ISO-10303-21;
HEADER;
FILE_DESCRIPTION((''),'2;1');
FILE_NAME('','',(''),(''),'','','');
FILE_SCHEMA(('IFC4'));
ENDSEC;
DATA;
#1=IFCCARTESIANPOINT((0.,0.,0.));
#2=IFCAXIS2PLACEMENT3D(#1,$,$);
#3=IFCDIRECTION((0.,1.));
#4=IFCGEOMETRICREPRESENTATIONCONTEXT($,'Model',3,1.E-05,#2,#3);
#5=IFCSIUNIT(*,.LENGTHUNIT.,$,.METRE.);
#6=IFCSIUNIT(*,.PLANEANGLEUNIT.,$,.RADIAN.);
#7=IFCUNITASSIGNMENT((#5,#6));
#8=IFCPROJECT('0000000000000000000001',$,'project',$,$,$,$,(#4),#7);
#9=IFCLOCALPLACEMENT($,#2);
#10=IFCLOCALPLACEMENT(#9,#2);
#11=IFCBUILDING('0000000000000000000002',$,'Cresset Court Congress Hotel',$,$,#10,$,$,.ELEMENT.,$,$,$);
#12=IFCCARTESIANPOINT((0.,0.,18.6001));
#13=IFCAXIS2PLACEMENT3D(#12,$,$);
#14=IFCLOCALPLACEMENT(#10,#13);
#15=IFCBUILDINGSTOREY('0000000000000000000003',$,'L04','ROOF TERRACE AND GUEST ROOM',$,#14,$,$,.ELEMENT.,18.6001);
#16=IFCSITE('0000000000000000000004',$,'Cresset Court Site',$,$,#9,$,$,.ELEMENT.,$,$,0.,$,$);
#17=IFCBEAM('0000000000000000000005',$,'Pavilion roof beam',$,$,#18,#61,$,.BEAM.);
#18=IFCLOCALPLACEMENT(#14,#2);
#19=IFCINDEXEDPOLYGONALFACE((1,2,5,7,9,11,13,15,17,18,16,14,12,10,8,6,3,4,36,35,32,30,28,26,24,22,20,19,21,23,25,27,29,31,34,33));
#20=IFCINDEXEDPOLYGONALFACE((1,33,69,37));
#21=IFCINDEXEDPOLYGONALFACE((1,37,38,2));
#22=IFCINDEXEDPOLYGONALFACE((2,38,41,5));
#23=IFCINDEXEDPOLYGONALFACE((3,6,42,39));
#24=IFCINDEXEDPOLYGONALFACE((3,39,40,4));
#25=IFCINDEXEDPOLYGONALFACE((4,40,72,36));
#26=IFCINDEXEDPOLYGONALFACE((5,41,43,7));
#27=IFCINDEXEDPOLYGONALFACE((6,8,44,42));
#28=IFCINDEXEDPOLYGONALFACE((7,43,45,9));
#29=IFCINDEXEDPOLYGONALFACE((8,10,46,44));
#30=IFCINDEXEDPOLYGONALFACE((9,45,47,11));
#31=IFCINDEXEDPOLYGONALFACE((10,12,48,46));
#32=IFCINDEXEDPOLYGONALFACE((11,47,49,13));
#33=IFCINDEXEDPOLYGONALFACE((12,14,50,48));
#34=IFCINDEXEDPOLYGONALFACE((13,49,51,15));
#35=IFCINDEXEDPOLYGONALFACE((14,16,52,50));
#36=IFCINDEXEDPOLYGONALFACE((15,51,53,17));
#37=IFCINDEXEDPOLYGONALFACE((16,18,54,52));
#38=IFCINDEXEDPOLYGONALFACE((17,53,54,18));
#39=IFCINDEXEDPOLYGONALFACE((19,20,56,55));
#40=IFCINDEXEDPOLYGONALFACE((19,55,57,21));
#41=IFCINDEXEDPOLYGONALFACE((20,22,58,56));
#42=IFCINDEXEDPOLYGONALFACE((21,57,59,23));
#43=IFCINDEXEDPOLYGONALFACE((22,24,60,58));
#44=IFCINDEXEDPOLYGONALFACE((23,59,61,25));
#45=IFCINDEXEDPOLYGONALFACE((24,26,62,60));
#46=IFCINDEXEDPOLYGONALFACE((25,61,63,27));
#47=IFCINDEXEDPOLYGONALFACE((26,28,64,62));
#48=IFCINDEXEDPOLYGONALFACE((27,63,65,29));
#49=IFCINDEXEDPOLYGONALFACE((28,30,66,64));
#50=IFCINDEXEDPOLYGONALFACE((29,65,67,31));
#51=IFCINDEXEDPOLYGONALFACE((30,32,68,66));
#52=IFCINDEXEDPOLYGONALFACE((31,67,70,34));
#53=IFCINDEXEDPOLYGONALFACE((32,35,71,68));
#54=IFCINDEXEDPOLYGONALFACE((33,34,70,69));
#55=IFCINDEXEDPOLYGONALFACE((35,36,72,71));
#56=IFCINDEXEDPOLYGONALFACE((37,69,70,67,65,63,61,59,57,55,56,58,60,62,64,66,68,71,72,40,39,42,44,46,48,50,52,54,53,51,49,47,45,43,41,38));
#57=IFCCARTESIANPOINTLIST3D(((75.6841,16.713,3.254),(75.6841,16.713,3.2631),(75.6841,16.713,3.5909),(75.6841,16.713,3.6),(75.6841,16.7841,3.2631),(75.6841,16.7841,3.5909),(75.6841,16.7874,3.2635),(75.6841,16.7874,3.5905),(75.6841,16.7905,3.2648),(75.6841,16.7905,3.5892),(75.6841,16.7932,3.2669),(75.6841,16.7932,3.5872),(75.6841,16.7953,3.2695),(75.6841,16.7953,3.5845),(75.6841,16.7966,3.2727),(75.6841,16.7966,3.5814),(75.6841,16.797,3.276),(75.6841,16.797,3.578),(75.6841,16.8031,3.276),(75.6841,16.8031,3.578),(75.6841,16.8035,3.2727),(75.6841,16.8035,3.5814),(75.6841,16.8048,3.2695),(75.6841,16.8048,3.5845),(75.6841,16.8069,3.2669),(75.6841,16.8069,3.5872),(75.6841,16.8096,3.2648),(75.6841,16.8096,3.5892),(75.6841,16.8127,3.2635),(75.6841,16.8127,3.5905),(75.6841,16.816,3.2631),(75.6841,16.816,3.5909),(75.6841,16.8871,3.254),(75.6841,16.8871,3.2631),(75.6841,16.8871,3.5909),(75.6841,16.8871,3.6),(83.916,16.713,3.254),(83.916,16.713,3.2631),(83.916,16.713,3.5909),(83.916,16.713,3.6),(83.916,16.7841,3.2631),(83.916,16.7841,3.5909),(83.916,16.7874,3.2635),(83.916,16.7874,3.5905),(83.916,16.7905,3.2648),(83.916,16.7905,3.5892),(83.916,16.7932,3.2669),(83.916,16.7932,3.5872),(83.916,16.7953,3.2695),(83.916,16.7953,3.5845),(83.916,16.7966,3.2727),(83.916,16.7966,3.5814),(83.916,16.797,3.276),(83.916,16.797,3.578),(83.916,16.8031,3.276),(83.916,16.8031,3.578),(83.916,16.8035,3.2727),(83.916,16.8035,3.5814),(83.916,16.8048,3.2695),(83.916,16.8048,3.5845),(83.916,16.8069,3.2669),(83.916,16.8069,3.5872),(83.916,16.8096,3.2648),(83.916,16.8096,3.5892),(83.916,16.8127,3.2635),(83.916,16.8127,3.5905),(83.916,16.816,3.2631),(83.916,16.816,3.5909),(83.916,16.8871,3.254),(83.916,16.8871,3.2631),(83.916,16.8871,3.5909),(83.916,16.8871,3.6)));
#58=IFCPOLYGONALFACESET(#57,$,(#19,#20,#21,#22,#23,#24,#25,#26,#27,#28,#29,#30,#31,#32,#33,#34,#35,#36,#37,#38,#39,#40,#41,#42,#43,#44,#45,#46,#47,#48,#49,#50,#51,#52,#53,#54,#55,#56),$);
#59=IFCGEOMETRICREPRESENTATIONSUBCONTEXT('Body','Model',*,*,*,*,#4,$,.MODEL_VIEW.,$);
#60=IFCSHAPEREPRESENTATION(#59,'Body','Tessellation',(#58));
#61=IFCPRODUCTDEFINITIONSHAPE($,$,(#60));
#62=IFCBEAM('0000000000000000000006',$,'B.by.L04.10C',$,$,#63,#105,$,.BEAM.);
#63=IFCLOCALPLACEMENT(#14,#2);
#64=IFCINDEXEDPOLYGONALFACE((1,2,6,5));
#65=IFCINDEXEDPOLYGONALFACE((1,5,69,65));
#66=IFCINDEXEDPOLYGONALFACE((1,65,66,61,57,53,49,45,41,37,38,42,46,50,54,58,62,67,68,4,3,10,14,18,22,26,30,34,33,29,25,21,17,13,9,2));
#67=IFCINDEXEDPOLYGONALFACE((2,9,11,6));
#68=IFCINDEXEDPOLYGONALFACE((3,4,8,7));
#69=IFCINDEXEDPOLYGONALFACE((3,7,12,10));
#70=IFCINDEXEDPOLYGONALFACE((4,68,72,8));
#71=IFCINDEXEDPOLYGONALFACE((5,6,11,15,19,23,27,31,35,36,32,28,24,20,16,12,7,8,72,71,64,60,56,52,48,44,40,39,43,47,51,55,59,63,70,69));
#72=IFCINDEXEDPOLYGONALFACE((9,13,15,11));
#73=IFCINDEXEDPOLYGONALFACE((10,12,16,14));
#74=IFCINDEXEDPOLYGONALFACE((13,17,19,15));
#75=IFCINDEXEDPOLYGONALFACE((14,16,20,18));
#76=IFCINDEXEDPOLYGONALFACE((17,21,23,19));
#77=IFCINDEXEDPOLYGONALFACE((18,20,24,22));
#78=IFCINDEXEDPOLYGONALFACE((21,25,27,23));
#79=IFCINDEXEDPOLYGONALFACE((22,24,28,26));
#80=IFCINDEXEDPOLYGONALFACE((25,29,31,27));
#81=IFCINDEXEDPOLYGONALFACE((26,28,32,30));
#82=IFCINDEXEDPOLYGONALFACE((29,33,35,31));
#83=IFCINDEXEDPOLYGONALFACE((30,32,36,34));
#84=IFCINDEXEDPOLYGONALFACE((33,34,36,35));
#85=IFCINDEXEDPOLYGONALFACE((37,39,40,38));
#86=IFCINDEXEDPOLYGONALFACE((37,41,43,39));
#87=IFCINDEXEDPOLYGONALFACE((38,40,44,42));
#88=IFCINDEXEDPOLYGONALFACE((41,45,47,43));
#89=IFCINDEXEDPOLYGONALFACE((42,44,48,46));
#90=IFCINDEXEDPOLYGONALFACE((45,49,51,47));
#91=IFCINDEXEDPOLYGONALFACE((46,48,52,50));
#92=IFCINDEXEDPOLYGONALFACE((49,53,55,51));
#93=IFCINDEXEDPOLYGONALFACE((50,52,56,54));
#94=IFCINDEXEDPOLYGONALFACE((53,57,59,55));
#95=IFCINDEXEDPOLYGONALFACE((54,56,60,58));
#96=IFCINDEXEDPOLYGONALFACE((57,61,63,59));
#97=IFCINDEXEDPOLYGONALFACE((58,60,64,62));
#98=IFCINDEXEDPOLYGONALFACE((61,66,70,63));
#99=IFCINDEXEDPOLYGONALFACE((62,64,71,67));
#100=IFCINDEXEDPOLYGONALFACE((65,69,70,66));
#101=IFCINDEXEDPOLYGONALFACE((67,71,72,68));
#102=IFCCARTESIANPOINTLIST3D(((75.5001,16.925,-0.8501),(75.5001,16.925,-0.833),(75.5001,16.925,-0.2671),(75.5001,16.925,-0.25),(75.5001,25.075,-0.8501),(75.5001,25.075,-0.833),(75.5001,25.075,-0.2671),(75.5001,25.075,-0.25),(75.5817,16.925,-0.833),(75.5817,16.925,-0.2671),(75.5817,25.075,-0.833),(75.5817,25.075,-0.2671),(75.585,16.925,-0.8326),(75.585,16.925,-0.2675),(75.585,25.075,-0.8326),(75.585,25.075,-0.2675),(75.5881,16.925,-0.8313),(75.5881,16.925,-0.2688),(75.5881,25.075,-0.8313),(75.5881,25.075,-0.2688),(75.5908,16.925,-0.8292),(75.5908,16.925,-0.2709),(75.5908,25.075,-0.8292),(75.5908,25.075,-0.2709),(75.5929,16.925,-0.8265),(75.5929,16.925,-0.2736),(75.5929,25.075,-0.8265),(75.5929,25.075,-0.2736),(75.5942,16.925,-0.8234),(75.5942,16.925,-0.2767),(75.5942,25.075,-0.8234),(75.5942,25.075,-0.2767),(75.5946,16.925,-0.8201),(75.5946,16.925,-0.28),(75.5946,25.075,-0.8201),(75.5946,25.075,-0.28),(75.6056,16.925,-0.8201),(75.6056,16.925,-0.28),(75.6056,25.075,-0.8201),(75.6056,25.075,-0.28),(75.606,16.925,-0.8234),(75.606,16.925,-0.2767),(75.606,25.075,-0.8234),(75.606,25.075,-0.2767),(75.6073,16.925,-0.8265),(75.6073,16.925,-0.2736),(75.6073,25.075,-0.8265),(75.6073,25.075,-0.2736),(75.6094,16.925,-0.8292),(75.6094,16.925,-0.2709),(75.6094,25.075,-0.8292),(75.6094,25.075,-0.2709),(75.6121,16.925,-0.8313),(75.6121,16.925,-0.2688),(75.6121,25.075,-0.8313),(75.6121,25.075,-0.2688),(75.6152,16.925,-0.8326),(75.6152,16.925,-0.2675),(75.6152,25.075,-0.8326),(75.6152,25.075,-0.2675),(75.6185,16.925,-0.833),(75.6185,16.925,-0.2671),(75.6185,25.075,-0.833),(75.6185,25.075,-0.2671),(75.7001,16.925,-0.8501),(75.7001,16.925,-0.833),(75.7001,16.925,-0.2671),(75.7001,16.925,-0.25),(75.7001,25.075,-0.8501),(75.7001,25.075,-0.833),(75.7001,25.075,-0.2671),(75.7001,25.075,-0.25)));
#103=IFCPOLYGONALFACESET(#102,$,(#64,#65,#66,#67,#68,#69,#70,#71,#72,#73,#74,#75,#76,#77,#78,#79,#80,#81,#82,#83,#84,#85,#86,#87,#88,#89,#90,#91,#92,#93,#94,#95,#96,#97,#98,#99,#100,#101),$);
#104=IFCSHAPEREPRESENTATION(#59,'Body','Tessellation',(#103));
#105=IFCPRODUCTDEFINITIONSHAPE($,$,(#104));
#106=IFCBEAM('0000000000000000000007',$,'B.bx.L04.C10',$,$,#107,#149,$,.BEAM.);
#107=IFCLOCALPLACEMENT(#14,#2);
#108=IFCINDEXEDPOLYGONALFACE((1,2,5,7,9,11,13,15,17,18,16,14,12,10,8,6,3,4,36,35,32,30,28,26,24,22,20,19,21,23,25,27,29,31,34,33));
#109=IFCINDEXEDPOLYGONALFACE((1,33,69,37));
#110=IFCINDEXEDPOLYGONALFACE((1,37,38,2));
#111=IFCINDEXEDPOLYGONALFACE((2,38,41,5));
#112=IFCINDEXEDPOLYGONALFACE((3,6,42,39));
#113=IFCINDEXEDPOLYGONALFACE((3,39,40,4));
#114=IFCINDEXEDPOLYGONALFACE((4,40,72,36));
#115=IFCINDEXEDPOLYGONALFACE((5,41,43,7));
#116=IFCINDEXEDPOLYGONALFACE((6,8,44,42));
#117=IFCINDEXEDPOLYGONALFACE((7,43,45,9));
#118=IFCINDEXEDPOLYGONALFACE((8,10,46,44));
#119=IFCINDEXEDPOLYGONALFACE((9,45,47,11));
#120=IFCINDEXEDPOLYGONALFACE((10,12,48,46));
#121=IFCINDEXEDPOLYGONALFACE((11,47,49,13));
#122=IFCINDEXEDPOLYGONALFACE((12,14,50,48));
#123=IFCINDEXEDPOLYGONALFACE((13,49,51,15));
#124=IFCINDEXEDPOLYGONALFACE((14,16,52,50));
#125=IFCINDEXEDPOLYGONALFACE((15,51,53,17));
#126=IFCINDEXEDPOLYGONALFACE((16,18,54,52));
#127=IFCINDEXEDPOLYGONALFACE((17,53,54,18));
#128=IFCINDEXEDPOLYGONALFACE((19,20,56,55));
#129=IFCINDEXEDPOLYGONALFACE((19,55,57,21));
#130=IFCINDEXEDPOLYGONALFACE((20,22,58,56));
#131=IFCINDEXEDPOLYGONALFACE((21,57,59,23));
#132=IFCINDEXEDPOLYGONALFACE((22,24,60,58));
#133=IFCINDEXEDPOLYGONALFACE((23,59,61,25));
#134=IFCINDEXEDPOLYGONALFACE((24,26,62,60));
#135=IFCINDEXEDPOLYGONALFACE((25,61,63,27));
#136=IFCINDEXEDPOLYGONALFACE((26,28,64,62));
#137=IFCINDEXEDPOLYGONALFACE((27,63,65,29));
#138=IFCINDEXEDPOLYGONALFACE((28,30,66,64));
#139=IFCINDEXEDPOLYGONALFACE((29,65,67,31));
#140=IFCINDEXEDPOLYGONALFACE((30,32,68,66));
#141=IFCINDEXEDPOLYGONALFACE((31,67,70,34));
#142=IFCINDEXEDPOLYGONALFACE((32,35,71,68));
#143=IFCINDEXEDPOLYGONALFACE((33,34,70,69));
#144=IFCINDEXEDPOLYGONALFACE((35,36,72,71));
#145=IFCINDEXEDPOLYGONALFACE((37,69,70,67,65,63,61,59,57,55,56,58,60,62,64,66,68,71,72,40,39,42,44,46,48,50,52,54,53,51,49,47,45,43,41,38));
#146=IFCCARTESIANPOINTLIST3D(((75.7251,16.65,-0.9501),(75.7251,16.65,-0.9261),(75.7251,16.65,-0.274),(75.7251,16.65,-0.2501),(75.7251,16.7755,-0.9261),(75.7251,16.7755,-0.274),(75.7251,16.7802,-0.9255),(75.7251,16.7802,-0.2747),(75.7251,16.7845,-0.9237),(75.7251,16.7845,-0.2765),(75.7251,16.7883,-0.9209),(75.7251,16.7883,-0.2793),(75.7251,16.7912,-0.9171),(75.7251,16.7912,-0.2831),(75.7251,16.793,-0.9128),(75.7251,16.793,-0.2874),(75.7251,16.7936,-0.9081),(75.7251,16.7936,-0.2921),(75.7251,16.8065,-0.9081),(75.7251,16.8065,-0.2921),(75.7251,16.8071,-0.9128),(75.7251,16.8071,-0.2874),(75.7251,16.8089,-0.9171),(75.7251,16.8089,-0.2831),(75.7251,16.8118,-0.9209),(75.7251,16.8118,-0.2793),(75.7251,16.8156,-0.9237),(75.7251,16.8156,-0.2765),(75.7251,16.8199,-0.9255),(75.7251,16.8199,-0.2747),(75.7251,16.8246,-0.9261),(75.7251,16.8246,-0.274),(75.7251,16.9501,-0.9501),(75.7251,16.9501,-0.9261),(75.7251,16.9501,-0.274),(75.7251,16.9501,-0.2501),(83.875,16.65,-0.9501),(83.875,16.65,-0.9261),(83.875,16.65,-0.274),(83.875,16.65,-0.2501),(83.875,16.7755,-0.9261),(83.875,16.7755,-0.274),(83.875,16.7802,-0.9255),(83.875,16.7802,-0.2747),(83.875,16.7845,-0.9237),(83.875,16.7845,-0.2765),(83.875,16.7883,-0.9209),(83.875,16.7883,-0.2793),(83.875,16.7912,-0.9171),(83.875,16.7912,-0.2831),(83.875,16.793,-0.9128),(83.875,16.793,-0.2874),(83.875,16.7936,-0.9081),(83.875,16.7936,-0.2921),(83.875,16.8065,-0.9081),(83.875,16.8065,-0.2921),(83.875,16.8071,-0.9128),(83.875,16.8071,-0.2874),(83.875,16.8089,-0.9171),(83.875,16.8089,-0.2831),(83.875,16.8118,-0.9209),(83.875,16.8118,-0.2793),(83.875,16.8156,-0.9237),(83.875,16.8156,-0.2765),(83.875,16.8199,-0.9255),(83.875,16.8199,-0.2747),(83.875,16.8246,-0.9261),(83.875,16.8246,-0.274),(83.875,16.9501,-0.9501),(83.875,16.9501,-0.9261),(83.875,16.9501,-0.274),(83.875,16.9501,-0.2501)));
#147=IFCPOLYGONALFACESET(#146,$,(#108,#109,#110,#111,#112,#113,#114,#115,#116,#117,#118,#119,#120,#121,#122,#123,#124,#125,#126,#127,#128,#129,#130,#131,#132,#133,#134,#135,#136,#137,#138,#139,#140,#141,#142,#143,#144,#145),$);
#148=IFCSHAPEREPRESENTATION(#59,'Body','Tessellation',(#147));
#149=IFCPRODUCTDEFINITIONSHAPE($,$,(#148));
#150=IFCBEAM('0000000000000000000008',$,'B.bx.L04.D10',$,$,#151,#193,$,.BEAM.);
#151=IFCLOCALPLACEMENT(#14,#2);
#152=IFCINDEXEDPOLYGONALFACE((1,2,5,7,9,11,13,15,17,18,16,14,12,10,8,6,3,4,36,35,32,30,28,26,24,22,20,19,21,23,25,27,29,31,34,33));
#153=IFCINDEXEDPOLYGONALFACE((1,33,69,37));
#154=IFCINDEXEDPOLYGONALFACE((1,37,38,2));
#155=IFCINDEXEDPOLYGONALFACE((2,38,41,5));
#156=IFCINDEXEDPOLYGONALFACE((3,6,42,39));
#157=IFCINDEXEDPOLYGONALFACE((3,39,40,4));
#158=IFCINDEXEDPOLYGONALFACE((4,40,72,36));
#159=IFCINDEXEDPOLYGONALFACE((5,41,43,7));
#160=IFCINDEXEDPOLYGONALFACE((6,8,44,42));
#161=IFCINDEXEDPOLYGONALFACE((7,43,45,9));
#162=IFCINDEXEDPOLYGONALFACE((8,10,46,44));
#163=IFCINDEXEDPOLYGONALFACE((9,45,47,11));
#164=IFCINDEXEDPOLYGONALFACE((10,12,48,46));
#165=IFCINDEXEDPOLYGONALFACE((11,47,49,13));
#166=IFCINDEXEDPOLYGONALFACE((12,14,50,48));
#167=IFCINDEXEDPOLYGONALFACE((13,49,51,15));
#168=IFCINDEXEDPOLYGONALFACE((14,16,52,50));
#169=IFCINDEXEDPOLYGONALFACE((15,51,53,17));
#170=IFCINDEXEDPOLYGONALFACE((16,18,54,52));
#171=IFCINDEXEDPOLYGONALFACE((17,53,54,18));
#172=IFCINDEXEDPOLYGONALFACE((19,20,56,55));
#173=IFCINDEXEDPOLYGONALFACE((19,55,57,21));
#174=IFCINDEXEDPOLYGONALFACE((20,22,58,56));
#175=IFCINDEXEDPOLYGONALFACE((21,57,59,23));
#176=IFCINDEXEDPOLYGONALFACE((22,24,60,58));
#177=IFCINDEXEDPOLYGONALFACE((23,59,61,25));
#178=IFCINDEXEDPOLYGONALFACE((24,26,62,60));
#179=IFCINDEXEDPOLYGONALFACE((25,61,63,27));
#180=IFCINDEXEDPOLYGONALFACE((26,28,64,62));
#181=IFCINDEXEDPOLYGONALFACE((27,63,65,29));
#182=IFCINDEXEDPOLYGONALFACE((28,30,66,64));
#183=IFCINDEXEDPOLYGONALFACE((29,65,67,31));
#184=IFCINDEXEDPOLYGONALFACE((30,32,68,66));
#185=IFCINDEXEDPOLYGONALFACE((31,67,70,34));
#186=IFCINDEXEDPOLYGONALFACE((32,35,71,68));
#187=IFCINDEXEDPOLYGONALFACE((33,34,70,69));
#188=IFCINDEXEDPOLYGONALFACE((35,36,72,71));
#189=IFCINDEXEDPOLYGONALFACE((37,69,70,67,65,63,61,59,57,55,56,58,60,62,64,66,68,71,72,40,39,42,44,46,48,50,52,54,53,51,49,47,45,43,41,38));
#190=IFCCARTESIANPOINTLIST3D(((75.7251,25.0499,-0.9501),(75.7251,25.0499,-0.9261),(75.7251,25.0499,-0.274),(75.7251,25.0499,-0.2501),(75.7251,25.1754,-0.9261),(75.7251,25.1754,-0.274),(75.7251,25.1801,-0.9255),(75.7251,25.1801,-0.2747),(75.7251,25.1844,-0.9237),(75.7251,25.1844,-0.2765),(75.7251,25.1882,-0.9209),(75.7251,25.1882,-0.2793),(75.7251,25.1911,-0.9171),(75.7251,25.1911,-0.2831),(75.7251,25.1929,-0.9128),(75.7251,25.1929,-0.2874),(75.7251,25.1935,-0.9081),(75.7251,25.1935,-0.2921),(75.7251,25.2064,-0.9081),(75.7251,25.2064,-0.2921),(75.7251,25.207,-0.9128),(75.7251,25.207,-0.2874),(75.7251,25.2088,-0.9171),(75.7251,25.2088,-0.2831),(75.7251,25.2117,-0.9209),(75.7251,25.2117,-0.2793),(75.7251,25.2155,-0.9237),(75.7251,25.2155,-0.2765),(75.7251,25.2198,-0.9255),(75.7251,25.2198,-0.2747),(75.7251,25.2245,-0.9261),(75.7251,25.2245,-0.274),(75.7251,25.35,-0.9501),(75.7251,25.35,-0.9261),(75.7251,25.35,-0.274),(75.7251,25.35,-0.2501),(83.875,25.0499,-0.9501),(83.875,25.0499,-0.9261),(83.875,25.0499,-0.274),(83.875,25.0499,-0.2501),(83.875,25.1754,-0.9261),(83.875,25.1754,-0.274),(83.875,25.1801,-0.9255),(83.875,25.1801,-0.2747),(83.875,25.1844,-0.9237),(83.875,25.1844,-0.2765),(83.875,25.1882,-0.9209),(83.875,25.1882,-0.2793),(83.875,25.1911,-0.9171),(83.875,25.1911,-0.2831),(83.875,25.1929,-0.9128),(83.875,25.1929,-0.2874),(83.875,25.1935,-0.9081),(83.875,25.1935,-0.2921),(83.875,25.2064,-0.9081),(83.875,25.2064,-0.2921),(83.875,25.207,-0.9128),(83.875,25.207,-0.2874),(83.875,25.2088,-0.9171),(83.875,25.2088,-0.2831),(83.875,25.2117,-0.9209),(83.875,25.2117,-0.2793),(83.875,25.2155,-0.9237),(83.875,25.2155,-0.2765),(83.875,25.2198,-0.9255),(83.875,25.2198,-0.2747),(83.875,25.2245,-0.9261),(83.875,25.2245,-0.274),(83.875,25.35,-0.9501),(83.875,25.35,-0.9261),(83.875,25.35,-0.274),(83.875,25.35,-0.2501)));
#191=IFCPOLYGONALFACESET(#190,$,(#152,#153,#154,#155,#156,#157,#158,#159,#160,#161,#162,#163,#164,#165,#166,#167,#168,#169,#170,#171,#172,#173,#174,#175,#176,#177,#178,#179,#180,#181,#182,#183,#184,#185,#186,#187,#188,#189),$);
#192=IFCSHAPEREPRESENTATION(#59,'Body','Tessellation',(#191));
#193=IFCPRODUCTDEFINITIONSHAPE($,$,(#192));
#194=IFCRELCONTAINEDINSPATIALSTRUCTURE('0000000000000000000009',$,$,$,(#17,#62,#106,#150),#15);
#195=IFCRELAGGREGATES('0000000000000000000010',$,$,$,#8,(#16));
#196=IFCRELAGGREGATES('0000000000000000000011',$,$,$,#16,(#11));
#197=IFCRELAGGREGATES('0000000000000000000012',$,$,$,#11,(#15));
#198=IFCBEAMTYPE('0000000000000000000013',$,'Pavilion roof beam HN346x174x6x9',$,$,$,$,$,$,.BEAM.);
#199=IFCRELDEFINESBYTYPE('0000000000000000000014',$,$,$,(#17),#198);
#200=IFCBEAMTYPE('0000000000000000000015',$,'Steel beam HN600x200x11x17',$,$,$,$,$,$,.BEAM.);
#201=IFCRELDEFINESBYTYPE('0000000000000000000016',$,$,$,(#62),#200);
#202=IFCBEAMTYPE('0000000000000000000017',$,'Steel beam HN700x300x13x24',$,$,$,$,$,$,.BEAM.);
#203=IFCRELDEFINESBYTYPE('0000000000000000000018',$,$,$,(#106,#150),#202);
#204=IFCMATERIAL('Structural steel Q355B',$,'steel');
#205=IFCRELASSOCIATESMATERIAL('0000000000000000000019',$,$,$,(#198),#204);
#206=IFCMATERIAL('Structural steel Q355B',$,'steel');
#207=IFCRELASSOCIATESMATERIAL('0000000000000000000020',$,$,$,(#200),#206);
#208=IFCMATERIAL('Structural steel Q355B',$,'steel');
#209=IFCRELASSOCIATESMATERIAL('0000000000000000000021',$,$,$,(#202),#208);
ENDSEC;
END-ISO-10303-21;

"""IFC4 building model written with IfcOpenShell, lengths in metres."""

from ifc_helpers import new_model, si_unit, direction, frame, origin, origin_2d, place, context, subcontext, project, spatial, i_section, extrude, material, material_profile, profile_set, type_object, element, save


model = new_model("IFC4")

# Units and contexts
model_context = context("Model", 3, precision=1e-05, world=origin(), true_north=direction((0.0, 1.0)))
body_context = subcontext(model_context, "Body", "Model", "MODEL_VIEW")
ifc_project = project(units=[si_unit("LENGTHUNIT", "METRE"), si_unit("PLANEANGLEUNIT", "RADIAN")], contexts=[model_context])

# Site, building, storey
site_placement = place(None, origin())
site = spatial("IfcSite", under=ifc_project, at=site_placement, Name="Cresset Court Site", CompositionType="ELEMENT", RefElevation=0.0)
building_placement = place(site_placement, origin())
building = spatial("IfcBuilding", under=site, at=building_placement, Name="Cresset Court Congress Hotel", CompositionType="ELEMENT")
storey_placement = place(building_placement, frame((0.0, 0.0, 18.6001)))
storey = spatial("IfcBuildingStorey", under=building, at=storey_placement, Name="L04", Description="ROOF TERRACE AND GUEST ROOM", CompositionType="ELEMENT", Elevation=18.6001)

# Beams
ifc_material_1 = material(Name="Structural steel Q355B", Category="steel")
ifc_material_profile_1 = material_profile(ifc_material_1, i_section(OverallWidth=0.1741, OverallDepth=0.3459, WebThickness=0.0061, FlangeThickness=0.009, FilletRadius=0.0129, at=origin_2d()), Name="HN346x174x6x9")
ifc_profile_set_1 = profile_set([ifc_material_profile_1], Name="Structural steel Q355B")
beam_type_1 = type_object("IfcBeamType", Name="Pavilion roof beam HN346x174x6x9", PredefinedType="BEAM", material=ifc_profile_set_1)
beam_1_placement = place(storey_placement, frame((75.6841, 16.8, 3.427), z_axis=(1.0, 0.0, 0.0), x_axis=(0.0, 1.0, 0.0)))
element("IfcBeam", 1, at=beam_1_placement, inside=storey, type_object=beam_type_1, Name="Pavilion roof beam", PredefinedType="BEAM", context=body_context, shape_type="SweptSolid", body=[
    extrude(i_section(OverallWidth=0.1741, OverallDepth=0.3459, WebThickness=0.0061, FlangeThickness=0.009, FilletRadius=0.0129, at=origin_2d()), origin(), (0.0, 0.0, 1.0), 8.2319),
])
ifc_material_2 = material(Name="Structural steel Q355B", Category="steel")
ifc_material_profile_2 = material_profile(ifc_material_2, i_section(OverallWidth=0.2, OverallDepth=0.6001, WebThickness=0.011, FlangeThickness=0.0171, FilletRadius=0.0129, at=origin_2d()), Name="HN600x200x11x17")
ifc_profile_set_2 = profile_set([ifc_material_profile_2], Name="Structural steel Q355B")
beam_type_2 = type_object("IfcBeamType", Name="Steel beam HN600x200x11x17", PredefinedType="BEAM", material=ifc_profile_set_2)
beam_2_placement = place(storey_placement, frame((75.6001, 16.925, -0.55), z_axis=(0.0, 1.0, 0.0), x_axis=(-1.0, 0.0, 0.0)))
element("IfcBeam", 2, at=beam_2_placement, inside=storey, type_object=beam_type_2, Name="B.by.L04.10C", PredefinedType="BEAM", context=body_context, shape_type="SweptSolid", body=[
    extrude(i_section(OverallWidth=0.2, OverallDepth=0.6001, WebThickness=0.011, FlangeThickness=0.0171, FilletRadius=0.0129, at=origin_2d()), origin(), (0.0, 0.0, 1.0), 8.1499),
])
ifc_material_3 = material(Name="Structural steel Q355B", Category="steel")
ifc_material_profile_3 = material_profile(ifc_material_3, i_section(OverallWidth=0.3, OverallDepth=0.7, WebThickness=0.0129, FlangeThickness=0.0239, FilletRadius=0.0181, at=origin_2d()), Name="HN700x300x13x24")
ifc_profile_set_3 = profile_set([ifc_material_profile_3], Name="Structural steel Q355B")
beam_type_3 = type_object("IfcBeamType", Name="Steel beam HN700x300x13x24", PredefinedType="BEAM", material=ifc_profile_set_3)
for number, where, z_axis, x_axis, name in (
    (3, (75.7251, 16.8, -0.6001), (1.0, 0.0, 0.0), (0.0, 1.0, 0.0), "B.bx.L04.C10"),
    (4, (75.7251, 25.2, -0.6001), (1.0, 0.0, 0.0), (0.0, 1.0, 0.0), "B.bx.L04.D10"),
):
    element("IfcBeam", number, at=place(storey_placement, frame(where, z_axis=z_axis, x_axis=x_axis)), inside=storey, type_object=beam_type_3, Name=name, PredefinedType="BEAM", context=body_context, shape_type="SweptSolid", body=[
        extrude(i_section(OverallWidth=0.3, OverallDepth=0.7, WebThickness=0.0129, FlangeThickness=0.0239, FilletRadius=0.0181, at=origin_2d()), origin(), (0.0, 0.0, 1.0), 8.1499),
    ])

save(model, "model.ifc")
